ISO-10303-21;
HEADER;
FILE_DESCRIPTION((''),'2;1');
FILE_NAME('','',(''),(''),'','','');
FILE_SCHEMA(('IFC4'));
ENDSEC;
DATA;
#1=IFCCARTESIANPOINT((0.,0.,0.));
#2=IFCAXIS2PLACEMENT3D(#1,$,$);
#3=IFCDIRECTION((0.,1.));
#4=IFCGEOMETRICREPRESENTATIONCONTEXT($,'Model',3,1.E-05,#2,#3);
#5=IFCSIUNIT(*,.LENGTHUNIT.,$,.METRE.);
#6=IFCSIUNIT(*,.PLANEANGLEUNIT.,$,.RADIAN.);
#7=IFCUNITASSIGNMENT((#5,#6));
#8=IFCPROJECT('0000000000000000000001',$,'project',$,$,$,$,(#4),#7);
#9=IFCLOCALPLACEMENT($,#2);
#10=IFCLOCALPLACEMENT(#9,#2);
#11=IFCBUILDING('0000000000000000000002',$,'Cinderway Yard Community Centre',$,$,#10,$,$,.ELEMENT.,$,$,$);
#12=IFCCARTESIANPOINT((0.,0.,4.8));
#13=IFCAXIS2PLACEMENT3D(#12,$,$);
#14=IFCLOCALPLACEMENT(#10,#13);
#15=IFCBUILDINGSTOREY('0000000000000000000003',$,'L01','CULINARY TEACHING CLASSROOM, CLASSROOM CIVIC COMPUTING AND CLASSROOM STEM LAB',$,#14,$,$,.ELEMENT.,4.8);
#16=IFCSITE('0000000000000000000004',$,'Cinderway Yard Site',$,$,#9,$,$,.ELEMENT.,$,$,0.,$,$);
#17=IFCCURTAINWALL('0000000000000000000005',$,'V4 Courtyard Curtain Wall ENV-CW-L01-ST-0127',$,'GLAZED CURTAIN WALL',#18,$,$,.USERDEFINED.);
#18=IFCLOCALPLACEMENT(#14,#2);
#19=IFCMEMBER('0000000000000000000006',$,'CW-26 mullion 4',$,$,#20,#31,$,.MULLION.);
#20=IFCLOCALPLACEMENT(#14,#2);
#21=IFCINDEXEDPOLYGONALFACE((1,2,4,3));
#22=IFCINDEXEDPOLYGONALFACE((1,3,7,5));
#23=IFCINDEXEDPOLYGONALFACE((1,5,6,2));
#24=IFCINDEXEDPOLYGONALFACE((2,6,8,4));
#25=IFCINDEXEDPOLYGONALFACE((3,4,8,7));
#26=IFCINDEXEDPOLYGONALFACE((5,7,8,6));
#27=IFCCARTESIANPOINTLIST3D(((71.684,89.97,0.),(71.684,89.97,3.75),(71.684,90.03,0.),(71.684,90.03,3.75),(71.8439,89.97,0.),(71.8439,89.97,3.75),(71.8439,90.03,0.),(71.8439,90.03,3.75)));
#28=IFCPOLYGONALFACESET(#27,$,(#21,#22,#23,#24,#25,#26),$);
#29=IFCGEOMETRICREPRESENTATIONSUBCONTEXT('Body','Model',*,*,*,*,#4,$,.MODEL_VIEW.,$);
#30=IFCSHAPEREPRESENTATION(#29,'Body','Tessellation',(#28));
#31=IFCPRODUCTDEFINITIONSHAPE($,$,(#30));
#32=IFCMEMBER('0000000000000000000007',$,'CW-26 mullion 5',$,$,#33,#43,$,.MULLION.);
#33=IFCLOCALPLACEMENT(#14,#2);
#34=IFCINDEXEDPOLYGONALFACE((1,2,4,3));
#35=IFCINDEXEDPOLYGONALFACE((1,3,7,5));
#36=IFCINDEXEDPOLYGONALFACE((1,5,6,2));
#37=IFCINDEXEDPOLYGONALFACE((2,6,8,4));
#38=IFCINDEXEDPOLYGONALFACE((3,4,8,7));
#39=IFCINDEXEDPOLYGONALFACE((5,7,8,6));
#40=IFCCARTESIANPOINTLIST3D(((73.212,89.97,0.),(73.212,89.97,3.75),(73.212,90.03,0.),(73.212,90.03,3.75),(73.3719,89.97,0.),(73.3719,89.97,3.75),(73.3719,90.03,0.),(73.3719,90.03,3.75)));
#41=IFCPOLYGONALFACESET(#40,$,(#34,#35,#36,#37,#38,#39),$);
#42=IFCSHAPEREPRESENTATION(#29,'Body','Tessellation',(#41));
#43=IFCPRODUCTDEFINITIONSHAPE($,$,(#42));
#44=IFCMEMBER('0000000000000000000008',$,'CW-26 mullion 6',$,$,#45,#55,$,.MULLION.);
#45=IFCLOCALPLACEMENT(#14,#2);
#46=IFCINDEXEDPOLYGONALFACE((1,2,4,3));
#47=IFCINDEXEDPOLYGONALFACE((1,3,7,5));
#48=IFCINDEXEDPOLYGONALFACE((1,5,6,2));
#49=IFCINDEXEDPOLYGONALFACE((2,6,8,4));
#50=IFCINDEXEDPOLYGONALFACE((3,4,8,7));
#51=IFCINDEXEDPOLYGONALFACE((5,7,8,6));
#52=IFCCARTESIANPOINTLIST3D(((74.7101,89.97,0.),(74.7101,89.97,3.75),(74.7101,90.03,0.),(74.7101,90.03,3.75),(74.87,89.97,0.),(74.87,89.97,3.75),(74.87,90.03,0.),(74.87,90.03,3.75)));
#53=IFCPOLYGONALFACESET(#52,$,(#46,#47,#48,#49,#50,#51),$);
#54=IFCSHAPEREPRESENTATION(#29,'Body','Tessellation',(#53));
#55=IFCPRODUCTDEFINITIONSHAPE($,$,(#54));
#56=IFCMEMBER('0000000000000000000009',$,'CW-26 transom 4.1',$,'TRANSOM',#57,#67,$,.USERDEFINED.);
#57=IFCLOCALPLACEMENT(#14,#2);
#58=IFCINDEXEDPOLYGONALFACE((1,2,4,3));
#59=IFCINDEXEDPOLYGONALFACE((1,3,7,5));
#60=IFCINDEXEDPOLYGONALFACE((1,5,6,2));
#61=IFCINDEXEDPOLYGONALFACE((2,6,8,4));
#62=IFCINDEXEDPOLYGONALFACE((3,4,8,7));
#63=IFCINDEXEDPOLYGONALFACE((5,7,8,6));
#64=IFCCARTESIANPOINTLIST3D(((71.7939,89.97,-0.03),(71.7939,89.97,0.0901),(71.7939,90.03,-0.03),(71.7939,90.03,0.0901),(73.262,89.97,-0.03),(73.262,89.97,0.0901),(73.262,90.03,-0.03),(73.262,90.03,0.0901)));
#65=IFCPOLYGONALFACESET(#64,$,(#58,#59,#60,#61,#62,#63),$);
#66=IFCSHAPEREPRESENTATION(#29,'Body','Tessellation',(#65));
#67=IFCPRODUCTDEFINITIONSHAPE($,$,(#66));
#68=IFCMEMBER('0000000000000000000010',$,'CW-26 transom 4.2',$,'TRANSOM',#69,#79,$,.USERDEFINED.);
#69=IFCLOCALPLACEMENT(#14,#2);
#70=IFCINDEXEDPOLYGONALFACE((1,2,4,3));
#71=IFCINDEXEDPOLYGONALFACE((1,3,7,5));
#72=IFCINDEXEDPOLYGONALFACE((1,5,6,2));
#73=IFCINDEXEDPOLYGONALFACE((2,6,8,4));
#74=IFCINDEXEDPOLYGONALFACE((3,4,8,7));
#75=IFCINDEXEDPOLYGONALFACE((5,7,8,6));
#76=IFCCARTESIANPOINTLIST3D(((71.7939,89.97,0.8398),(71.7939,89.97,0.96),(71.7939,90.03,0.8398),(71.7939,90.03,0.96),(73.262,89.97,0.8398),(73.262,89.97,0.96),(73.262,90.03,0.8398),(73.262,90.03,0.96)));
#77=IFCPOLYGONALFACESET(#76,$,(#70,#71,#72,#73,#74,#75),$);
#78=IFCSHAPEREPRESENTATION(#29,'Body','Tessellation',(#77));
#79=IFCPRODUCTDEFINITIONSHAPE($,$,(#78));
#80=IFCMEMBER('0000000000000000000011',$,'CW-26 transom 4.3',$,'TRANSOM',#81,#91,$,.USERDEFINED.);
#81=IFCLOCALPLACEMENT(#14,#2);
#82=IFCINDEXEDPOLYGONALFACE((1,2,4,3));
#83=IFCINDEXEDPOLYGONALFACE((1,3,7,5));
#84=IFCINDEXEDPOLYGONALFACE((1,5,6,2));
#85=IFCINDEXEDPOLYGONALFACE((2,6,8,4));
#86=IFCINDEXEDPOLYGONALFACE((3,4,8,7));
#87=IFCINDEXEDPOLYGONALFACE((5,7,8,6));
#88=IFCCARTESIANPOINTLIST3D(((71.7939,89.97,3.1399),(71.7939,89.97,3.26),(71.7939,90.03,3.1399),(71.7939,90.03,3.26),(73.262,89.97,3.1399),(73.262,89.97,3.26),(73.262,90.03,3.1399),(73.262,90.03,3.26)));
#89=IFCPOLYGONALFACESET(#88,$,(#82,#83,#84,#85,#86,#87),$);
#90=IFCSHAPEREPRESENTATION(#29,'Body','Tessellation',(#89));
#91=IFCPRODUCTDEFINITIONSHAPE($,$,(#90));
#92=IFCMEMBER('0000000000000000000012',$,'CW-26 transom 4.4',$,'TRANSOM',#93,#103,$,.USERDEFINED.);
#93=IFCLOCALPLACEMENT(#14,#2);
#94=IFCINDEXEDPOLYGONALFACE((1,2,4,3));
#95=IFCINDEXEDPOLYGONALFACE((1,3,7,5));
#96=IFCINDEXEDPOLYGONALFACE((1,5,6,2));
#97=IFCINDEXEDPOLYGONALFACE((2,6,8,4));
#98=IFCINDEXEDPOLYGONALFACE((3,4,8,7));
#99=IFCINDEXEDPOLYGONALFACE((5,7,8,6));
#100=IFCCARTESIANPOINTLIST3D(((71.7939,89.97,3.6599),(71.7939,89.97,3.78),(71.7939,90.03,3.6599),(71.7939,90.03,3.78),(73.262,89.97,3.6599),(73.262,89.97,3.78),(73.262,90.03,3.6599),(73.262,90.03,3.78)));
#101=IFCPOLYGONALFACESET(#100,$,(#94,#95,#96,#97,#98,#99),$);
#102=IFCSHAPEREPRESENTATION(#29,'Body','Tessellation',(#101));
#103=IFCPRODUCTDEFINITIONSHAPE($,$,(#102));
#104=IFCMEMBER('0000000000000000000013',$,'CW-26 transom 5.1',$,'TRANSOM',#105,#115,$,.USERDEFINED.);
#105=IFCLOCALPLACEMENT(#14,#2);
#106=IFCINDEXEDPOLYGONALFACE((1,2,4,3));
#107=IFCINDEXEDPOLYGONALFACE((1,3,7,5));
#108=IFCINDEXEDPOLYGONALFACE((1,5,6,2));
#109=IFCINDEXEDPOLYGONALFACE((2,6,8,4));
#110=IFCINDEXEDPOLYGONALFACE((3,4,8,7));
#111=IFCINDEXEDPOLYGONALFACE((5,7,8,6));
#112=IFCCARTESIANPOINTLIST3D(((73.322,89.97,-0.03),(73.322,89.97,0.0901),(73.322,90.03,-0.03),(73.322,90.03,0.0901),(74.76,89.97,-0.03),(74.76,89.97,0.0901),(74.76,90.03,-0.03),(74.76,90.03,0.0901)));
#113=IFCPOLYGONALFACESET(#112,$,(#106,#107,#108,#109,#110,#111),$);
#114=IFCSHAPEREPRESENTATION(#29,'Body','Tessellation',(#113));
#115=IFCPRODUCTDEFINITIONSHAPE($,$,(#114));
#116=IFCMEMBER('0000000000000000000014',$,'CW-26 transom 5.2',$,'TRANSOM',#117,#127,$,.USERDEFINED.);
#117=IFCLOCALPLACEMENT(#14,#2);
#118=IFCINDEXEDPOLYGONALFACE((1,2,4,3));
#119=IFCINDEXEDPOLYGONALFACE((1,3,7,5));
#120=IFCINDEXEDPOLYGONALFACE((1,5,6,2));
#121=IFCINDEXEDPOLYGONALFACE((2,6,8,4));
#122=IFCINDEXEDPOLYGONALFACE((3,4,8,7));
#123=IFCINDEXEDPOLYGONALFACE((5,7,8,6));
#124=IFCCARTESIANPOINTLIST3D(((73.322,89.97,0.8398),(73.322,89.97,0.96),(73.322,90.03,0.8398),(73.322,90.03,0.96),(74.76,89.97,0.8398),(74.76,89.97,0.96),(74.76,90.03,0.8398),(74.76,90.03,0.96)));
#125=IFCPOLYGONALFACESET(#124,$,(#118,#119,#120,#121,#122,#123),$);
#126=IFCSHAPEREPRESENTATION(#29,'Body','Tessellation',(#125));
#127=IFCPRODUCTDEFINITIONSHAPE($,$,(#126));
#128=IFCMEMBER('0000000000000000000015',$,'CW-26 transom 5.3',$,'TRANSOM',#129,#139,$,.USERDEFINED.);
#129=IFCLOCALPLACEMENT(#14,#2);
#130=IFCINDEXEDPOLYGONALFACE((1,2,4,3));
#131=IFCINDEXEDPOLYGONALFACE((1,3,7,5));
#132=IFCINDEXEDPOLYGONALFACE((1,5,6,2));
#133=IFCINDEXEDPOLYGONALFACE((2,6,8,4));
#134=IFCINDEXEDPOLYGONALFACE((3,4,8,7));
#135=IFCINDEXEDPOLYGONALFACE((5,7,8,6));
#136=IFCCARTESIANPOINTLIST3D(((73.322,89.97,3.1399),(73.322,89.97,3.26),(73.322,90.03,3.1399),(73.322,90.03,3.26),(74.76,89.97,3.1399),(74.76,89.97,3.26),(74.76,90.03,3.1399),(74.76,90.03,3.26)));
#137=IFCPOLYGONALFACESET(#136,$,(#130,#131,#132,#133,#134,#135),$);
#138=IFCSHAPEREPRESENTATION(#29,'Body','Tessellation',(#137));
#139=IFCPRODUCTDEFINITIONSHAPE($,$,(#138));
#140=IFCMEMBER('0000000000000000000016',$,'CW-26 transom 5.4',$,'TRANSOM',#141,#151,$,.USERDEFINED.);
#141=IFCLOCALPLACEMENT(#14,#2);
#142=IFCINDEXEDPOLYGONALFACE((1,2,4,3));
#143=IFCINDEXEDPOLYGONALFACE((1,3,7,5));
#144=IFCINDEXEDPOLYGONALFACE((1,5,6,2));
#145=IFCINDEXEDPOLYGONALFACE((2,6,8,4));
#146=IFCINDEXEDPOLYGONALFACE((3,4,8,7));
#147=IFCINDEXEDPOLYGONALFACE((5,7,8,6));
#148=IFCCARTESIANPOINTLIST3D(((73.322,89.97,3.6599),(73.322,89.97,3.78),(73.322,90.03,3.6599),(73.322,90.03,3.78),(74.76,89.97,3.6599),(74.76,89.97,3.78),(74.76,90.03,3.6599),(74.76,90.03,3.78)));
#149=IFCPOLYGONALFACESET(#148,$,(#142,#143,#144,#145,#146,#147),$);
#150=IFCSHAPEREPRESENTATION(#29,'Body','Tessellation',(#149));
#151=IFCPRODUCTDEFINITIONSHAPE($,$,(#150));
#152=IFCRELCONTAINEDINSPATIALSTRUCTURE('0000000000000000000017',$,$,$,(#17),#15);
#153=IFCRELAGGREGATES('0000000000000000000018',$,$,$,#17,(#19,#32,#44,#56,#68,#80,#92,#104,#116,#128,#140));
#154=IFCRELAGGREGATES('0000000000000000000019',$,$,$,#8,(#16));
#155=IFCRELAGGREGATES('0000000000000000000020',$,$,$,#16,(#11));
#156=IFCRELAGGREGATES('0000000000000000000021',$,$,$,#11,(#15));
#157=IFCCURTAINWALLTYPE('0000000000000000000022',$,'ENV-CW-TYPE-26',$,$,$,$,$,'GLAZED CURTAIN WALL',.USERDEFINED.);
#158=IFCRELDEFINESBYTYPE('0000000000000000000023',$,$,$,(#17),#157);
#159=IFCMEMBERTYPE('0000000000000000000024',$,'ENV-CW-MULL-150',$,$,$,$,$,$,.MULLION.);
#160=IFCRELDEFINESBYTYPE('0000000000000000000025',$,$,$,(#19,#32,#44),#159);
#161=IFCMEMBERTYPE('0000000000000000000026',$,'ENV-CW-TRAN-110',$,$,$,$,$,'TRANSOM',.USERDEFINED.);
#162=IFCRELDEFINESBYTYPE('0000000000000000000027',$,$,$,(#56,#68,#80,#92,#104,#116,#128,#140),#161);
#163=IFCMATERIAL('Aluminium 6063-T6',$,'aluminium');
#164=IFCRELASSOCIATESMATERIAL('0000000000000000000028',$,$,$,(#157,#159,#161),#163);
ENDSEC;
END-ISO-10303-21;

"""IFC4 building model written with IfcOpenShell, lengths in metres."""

from ifc_helpers import new_model, si_unit, direction, frame, origin, origin_2d, place, context, subcontext, project, spatial, rectangle, extrude, material, material_profile, profile_set, type_object, element, aggregate, save


model = new_model("IFC4")

# Units and contexts
model_context = context("Model", 3, precision=1e-05, world=origin(), true_north=direction((0.0, 1.0)))
body_context = subcontext(model_context, "Body", "Model", "MODEL_VIEW")
ifc_project = project(units=[si_unit("LENGTHUNIT", "METRE"), si_unit("PLANEANGLEUNIT", "RADIAN")], contexts=[model_context])

# Site, building, storey
site_placement = place(None, origin())
site = spatial("IfcSite", under=ifc_project, at=site_placement, Name="Cinderway Yard Site", CompositionType="ELEMENT", RefElevation=0.0)
building_placement = place(site_placement, origin())
building = spatial("IfcBuilding", under=site, at=building_placement, Name="Cinderway Yard Community Centre", CompositionType="ELEMENT")
storey_placement = place(building_placement, frame((0.0, 0.0, 4.8)))
storey = spatial("IfcBuildingStorey", under=building, at=storey_placement, Name="L01", Description="CULINARY TEACHING CLASSROOM, CLASSROOM CIVIC COMPUTING AND CLASSROOM STEM LAB", CompositionType="ELEMENT", Elevation=4.8)

# Curtain wall, members
ifc_material_1 = material(Name="Aluminium 6063-T6", Category="aluminium")
curtain_wall_type = type_object("IfcCurtainWallType", Name="ENV-CW-TYPE-26", ElementType="GLAZED CURTAIN WALL", PredefinedType="USERDEFINED", material=ifc_material_1)
curtain_wall_placement = place(storey_placement, origin())
curtain_wall = element("IfcCurtainWall", 1, at=curtain_wall_placement, inside=storey, type_object=curtain_wall_type, Name="V4 Courtyard Curtain Wall ENV-CW-L01-ST-0127", ObjectType="GLAZED CURTAIN WALL", PredefinedType="USERDEFINED")
ifc_material_profile_1 = material_profile(ifc_material_1, rectangle(XDim=0.0601, YDim=0.1599, at=origin_2d()), Name="Aluminium 6063-T6")
ifc_profile_set_1 = profile_set([ifc_material_profile_1], Name="Aluminium 6063-T6")
member_type_1 = type_object("IfcMemberType", Name="ENV-CW-MULL-150", PredefinedType="MULLION", material=ifc_profile_set_1)
member_1_placement = place(storey_placement, frame((71.7639, 90.0, 0.0), z_axis=(0.0, 0.0, 1.0), x_axis=(0.0, 1.0, 0.0)))
member_1 = element("IfcMember", 2, at=member_1_placement, type_object=member_type_1, Name="CW-26 mullion 4", PredefinedType="MULLION", context=body_context, shape_type="SweptSolid", body=[
    extrude(rectangle(XDim=0.0601, YDim=0.1599, at=origin_2d()), origin(), (0.0, 0.0, 1.0), 3.75),
])
member_2_placement = place(storey_placement, frame((73.292, 90.0, 0.0), z_axis=(0.0, 0.0, 1.0), x_axis=(0.0, 1.0, 0.0)))
member_2 = element("IfcMember", 3, at=member_2_placement, type_object=member_type_1, Name="CW-26 mullion 5", PredefinedType="MULLION", context=body_context, shape_type="SweptSolid", body=[
    extrude(rectangle(XDim=0.0601, YDim=0.1599, at=origin_2d()), origin(), (0.0, 0.0, 1.0), 3.75),
])
member_3_placement = place(storey_placement, frame((74.79, 90.0, 0.0), z_axis=(0.0, 0.0, 1.0), x_axis=(0.0, 1.0, 0.0)))
member_3 = element("IfcMember", 4, at=member_3_placement, type_object=member_type_1, Name="CW-26 mullion 6", PredefinedType="MULLION", context=body_context, shape_type="SweptSolid", body=[
    extrude(rectangle(XDim=0.0601, YDim=0.1599, at=origin_2d()), origin(), (0.0, 0.0, 1.0), 3.75),
])
ifc_material_profile_2 = material_profile(ifc_material_1, rectangle(XDim=0.0601, YDim=0.1201, at=origin_2d()), Name="Aluminium 6063-T6")
ifc_profile_set_2 = profile_set([ifc_material_profile_2], Name="Aluminium 6063-T6")
member_type_2 = type_object("IfcMemberType", Name="ENV-CW-TRAN-110", ElementType="TRANSOM", PredefinedType="USERDEFINED", material=ifc_profile_set_2)
member_4_placement = place(storey_placement, frame((71.7939, 90.0, 0.03), z_axis=(1.0, 0.0, 0.0), x_axis=(0.0, 1.0, 0.0)))
member_4 = element("IfcMember", 5, at=member_4_placement, type_object=member_type_2, Name="CW-26 transom 4.1", ObjectType="TRANSOM", PredefinedType="USERDEFINED", context=body_context, shape_type="SweptSolid", body=[
    extrude(rectangle(XDim=0.0601, YDim=0.1201, at=origin_2d()), origin(), (0.0, 0.0, 1.0), 1.468),
])
member_5_placement = place(storey_placement, frame((71.7939, 90.0, 0.8999), z_axis=(1.0, 0.0, 0.0), x_axis=(0.0, 1.0, 0.0)))
member_5 = element("IfcMember", 6, at=member_5_placement, type_object=member_type_2, Name="CW-26 transom 4.2", ObjectType="TRANSOM", PredefinedType="USERDEFINED", context=body_context, shape_type="SweptSolid", body=[
    extrude(rectangle(XDim=0.0601, YDim=0.1201, at=origin_2d()), origin(), (0.0, 0.0, 1.0), 1.468),
])
member_6_placement = place(storey_placement, frame((71.7939, 90.0, 3.2), z_axis=(1.0, 0.0, 0.0), x_axis=(0.0, 1.0, 0.0)))
member_6 = element("IfcMember", 7, at=member_6_placement, type_object=member_type_2, Name="CW-26 transom 4.3", ObjectType="TRANSOM", PredefinedType="USERDEFINED", context=body_context, shape_type="SweptSolid", body=[
    extrude(rectangle(XDim=0.0601, YDim=0.1201, at=origin_2d()), origin(), (0.0, 0.0, 1.0), 1.468),
])
member_7_placement = place(storey_placement, frame((71.7939, 90.0, 3.72), z_axis=(1.0, 0.0, 0.0), x_axis=(0.0, 1.0, 0.0)))
member_7 = element("IfcMember", 8, at=member_7_placement, type_object=member_type_2, Name="CW-26 transom 4.4", ObjectType="TRANSOM", PredefinedType="USERDEFINED", context=body_context, shape_type="SweptSolid", body=[
    extrude(rectangle(XDim=0.0601, YDim=0.1201, at=origin_2d()), origin(), (0.0, 0.0, 1.0), 1.468),
])
member_8_placement = place(storey_placement, frame((73.322, 90.0, 0.03), z_axis=(1.0, 0.0, 0.0), x_axis=(0.0, 1.0, 0.0)))
member_8 = element("IfcMember", 9, at=member_8_placement, type_object=member_type_2, Name="CW-26 transom 5.1", ObjectType="TRANSOM", PredefinedType="USERDEFINED", context=body_context, shape_type="SweptSolid", body=[
    extrude(rectangle(XDim=0.0601, YDim=0.1201, at=origin_2d()), origin(), (0.0, 0.0, 1.0), 1.438),
])
member_9_placement = place(storey_placement, frame((73.322, 90.0, 0.8999), z_axis=(1.0, 0.0, 0.0), x_axis=(0.0, 1.0, 0.0)))
member_9 = element("IfcMember", 10, at=member_9_placement, type_object=member_type_2, Name="CW-26 transom 5.2", ObjectType="TRANSOM", PredefinedType="USERDEFINED", context=body_context, shape_type="SweptSolid", body=[
    extrude(rectangle(XDim=0.0601, YDim=0.1201, at=origin_2d()), origin(), (0.0, 0.0, 1.0), 1.438),
])
member_10_placement = place(storey_placement, frame((73.322, 90.0, 3.2), z_axis=(1.0, 0.0, 0.0), x_axis=(0.0, 1.0, 0.0)))
member_10 = element("IfcMember", 11, at=member_10_placement, type_object=member_type_2, Name="CW-26 transom 5.3", ObjectType="TRANSOM", PredefinedType="USERDEFINED", context=body_context, shape_type="SweptSolid", body=[
    extrude(rectangle(XDim=0.0601, YDim=0.1201, at=origin_2d()), origin(), (0.0, 0.0, 1.0), 1.438),
])
member_11_placement = place(storey_placement, frame((73.322, 90.0, 3.72), z_axis=(1.0, 0.0, 0.0), x_axis=(0.0, 1.0, 0.0)))
member_11 = element("IfcMember", 12, at=member_11_placement, type_object=member_type_2, Name="CW-26 transom 5.4", ObjectType="TRANSOM", PredefinedType="USERDEFINED", context=body_context, shape_type="SweptSolid", body=[
    extrude(rectangle(XDim=0.0601, YDim=0.1201, at=origin_2d()), origin(), (0.0, 0.0, 1.0), 1.438),
])

aggregate(curtain_wall, [member_1, member_2, member_3, member_4, member_5, member_6, member_7, member_8, member_9, member_10, member_11])

save(model, "model.ifc")
